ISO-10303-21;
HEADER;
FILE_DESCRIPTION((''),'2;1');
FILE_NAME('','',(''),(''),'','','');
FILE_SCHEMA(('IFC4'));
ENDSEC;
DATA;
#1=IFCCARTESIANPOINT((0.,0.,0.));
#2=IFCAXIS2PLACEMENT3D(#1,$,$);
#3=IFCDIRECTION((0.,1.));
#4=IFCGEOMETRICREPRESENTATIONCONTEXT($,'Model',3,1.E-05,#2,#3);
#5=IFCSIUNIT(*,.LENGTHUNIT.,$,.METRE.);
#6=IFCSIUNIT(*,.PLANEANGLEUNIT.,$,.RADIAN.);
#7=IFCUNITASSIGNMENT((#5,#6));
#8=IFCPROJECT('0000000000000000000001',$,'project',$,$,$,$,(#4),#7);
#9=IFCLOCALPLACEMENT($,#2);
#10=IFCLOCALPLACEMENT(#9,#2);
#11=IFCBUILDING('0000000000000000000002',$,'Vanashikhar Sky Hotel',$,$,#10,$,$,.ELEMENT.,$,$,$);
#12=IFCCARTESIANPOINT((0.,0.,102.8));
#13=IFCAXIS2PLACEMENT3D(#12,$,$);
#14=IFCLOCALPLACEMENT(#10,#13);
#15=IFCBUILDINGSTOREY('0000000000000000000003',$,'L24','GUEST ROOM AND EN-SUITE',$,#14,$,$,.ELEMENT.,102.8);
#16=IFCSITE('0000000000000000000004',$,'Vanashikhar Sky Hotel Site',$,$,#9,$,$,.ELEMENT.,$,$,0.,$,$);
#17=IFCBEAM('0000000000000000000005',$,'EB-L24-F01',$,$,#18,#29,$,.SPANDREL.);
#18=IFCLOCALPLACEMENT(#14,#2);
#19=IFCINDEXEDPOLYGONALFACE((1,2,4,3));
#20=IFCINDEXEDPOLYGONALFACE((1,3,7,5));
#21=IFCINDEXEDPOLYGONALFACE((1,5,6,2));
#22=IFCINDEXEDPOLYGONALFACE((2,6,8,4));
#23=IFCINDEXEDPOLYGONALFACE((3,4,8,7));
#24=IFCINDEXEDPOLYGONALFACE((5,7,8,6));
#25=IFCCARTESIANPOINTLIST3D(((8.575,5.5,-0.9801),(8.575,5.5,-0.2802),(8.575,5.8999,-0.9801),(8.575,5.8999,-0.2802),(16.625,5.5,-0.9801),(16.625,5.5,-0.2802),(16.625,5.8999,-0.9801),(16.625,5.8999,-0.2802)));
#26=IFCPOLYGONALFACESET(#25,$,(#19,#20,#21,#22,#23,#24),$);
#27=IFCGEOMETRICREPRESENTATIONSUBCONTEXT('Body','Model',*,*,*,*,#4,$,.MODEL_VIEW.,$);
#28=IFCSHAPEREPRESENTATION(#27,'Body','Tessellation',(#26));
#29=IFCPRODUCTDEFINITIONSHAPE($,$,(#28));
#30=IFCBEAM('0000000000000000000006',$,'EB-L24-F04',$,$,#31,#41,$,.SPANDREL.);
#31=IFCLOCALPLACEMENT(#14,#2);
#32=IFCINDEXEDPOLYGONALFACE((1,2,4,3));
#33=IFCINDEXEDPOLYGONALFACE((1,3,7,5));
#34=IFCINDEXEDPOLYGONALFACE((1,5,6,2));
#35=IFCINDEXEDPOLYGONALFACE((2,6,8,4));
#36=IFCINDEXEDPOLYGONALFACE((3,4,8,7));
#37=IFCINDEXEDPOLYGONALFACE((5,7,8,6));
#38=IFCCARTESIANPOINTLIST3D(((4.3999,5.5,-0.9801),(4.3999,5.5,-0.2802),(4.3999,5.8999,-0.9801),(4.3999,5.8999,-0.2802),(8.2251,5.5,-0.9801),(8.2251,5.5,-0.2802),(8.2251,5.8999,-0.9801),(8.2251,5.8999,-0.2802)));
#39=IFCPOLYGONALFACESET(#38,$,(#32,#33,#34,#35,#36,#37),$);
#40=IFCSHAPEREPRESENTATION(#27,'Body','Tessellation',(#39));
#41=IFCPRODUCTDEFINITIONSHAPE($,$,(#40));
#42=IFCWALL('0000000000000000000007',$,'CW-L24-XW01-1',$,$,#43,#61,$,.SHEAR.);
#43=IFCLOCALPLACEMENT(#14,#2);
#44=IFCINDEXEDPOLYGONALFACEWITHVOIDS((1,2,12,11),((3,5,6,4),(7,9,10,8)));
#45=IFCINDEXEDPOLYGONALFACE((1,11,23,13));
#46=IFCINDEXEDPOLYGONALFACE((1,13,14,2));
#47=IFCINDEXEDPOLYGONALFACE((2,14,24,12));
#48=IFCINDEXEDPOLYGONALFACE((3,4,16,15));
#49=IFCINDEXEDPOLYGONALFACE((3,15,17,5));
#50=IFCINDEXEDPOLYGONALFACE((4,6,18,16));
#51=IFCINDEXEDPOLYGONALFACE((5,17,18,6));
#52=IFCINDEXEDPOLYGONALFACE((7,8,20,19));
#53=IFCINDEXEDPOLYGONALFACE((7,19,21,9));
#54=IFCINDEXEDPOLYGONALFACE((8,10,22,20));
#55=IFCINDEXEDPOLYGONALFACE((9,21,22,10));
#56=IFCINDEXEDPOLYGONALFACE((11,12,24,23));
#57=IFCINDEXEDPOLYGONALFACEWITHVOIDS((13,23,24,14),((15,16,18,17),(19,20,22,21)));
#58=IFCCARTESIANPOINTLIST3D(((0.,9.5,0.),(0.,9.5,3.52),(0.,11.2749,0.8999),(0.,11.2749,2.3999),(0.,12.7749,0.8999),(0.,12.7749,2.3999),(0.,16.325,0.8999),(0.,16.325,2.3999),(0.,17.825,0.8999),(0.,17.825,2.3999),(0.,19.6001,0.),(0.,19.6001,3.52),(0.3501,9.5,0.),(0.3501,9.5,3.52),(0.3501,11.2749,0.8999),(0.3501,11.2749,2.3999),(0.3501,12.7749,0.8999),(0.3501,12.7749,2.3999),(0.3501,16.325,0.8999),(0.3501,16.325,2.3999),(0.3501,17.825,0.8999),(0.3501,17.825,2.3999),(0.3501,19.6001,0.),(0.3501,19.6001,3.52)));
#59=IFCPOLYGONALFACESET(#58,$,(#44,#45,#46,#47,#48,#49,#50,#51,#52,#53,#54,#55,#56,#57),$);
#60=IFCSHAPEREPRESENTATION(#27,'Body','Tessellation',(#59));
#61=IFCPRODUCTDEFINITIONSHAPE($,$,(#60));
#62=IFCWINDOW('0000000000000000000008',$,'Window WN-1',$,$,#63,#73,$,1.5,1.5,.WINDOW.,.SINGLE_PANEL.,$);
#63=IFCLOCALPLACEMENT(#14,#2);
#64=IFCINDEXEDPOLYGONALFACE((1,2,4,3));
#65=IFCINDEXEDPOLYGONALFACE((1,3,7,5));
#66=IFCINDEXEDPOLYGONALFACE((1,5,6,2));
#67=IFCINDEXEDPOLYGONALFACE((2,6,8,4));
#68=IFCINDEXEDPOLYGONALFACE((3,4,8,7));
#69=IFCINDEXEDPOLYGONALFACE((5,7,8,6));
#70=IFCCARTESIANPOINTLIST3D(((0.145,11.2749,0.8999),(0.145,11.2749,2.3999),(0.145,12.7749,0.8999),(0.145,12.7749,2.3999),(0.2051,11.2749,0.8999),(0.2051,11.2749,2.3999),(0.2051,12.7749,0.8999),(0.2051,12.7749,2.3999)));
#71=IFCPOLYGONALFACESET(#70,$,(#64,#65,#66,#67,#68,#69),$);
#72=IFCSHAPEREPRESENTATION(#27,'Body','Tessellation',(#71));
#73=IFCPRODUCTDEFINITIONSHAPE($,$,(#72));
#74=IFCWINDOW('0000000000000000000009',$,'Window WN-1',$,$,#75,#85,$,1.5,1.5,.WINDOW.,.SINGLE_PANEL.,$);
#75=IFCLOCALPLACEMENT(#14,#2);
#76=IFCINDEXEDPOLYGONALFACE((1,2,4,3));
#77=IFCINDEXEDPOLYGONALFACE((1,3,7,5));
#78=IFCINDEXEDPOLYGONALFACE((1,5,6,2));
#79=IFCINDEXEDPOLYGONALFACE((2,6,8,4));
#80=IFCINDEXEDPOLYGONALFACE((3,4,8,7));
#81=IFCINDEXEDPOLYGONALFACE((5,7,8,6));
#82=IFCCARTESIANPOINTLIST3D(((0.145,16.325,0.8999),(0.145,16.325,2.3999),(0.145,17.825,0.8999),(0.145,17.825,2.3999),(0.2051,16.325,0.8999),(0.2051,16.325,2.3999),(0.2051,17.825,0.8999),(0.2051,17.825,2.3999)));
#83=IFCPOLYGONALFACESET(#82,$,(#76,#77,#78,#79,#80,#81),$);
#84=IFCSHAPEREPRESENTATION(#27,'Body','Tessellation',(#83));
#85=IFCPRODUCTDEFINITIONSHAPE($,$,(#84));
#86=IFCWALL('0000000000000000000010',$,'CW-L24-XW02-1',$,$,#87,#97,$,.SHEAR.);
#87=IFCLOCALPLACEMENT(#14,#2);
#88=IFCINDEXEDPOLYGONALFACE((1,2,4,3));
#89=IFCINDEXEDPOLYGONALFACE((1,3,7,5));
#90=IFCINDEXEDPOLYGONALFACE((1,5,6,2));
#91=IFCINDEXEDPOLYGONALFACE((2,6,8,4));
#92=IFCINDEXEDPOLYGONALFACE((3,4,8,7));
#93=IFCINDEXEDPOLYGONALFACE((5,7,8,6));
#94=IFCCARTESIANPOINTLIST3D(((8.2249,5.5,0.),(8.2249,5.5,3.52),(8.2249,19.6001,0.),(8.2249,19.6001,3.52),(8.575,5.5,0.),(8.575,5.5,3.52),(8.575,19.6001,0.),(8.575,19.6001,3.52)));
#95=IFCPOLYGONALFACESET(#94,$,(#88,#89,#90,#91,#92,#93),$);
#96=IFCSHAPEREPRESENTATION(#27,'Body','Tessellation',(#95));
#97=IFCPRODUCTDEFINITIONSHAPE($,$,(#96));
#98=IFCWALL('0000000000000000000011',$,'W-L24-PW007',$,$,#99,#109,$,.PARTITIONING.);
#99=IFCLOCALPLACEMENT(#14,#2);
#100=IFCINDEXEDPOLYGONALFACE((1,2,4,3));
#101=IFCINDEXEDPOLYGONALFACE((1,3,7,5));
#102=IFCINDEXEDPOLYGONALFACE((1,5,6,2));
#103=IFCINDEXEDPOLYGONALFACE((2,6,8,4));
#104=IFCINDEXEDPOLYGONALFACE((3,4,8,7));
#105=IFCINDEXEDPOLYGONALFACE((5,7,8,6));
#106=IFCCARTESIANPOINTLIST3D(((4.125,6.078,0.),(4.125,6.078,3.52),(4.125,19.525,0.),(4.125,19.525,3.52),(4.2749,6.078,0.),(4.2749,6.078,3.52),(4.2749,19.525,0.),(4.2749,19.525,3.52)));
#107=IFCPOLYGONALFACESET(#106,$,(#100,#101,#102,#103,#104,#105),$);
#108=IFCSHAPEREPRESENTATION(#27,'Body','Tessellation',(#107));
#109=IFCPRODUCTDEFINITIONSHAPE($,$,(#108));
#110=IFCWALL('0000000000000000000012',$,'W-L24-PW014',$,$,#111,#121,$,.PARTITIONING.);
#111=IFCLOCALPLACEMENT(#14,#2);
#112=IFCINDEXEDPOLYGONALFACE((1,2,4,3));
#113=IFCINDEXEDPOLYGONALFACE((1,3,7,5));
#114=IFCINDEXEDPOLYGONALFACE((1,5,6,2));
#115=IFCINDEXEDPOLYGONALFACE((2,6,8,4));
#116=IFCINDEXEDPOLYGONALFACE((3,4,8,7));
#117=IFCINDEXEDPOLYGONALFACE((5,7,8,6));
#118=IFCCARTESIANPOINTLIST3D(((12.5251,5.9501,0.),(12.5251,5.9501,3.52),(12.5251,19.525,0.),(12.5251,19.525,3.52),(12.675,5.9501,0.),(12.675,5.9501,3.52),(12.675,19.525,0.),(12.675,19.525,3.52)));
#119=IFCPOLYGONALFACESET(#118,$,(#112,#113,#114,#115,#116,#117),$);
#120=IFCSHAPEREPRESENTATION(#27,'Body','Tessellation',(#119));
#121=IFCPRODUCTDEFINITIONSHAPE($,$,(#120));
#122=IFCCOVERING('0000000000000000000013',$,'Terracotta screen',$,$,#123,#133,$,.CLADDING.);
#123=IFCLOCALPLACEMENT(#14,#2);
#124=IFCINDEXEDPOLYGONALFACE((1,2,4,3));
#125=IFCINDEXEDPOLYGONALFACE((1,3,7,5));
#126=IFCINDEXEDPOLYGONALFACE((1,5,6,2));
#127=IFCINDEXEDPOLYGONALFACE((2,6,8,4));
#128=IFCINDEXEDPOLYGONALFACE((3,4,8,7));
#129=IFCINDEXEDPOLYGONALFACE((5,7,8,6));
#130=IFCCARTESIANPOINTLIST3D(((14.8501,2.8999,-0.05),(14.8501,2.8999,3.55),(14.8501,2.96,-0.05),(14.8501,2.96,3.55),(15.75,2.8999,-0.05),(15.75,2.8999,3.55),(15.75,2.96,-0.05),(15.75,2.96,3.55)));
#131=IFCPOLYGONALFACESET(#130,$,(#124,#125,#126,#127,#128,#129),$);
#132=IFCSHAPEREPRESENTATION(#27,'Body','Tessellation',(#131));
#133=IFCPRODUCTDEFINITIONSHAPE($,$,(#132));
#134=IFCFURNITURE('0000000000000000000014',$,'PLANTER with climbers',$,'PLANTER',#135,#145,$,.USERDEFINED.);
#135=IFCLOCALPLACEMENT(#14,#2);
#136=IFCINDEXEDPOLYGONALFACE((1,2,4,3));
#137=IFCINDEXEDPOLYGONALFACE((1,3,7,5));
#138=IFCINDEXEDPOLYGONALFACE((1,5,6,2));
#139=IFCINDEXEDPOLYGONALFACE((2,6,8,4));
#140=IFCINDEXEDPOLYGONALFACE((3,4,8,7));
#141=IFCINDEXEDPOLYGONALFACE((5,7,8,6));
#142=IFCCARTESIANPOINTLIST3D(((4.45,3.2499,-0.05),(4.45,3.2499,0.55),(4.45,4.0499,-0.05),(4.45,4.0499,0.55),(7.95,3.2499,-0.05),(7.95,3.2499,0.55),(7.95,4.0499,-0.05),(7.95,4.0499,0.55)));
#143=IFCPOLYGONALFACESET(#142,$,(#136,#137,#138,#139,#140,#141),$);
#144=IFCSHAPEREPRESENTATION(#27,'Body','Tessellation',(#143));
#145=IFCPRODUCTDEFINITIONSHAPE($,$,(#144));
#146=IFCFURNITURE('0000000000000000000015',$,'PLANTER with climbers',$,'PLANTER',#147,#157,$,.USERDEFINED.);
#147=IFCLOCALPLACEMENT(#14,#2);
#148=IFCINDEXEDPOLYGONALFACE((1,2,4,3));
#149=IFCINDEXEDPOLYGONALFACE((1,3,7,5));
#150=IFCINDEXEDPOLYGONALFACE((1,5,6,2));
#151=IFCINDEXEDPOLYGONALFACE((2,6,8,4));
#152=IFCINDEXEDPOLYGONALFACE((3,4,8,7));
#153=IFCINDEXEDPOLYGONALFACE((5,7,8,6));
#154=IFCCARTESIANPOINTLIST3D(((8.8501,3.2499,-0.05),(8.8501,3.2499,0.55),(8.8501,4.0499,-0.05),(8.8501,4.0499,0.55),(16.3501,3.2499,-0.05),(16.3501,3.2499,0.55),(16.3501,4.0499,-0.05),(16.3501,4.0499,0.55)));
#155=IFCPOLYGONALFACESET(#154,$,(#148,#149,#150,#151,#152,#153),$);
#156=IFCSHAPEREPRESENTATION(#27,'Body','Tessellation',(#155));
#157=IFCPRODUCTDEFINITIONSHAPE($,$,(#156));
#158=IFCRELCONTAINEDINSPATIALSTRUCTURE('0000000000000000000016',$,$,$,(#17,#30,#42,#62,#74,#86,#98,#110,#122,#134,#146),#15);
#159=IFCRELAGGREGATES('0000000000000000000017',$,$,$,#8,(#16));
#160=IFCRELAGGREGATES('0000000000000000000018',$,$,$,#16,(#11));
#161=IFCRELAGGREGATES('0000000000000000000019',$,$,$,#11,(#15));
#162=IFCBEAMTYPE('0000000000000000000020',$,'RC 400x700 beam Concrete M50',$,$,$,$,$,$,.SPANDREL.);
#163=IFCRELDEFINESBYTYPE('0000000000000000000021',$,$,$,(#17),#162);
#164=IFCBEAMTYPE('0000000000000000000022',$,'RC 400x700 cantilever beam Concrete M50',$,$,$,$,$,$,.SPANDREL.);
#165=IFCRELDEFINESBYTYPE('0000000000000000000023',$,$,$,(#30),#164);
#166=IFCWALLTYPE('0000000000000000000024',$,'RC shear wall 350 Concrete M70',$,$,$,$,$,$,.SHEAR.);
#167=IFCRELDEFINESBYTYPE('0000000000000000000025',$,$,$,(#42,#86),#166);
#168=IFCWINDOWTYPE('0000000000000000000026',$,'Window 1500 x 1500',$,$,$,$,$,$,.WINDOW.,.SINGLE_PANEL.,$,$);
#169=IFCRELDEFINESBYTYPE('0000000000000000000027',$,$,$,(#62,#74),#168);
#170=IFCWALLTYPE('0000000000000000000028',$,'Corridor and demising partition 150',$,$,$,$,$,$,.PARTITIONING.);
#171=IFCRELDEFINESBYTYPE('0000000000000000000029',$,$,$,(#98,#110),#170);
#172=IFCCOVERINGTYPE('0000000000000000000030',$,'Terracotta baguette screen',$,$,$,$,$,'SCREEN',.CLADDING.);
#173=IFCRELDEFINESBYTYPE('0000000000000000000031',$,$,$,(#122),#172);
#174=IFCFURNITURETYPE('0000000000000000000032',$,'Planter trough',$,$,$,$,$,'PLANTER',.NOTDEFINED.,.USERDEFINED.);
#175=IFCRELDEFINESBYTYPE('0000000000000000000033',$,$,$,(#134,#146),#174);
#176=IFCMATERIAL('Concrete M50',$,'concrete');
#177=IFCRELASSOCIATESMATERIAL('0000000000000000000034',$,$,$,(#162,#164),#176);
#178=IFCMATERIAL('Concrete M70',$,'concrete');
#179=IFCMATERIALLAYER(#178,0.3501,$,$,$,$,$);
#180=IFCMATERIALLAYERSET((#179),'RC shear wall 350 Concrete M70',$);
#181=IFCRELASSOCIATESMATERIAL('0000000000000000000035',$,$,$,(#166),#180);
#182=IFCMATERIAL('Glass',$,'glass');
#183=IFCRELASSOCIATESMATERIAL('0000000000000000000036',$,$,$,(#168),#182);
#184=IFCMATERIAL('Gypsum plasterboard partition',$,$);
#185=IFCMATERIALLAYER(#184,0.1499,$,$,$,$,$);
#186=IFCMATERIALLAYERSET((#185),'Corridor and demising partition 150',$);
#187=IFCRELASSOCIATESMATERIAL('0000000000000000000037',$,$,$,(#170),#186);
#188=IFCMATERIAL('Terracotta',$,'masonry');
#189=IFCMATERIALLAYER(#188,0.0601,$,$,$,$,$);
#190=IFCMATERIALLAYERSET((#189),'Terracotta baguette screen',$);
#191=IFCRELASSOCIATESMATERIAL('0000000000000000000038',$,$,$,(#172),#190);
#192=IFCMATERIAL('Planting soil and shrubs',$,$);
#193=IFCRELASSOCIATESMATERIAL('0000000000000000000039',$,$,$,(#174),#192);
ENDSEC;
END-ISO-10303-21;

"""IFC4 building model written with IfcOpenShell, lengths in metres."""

from ifc_helpers import new_model, si_unit, direction, frame, frame_2d, origin, origin_2d, place, context, subcontext, project, spatial, rectangle, extrude, source, transform, mapped, material, layer, layer_set, material_profile, profile_set, type_object, element, fill, save


model = new_model("IFC4")

# Units and contexts
model_context = context("Model", 3, precision=1e-05, world=origin(), true_north=direction((0.0, 1.0)))
body_context = subcontext(model_context, "Body", "Model", "MODEL_VIEW")
ifc_project = project(units=[si_unit("LENGTHUNIT", "METRE"), si_unit("PLANEANGLEUNIT", "RADIAN")], contexts=[model_context])

# Site, building, storey
site_placement = place(None, origin())
site = spatial("IfcSite", under=ifc_project, at=site_placement, Name="Vanashikhar Sky Hotel Site", CompositionType="ELEMENT", RefElevation=0.0)
building_placement = place(site_placement, origin())
building = spatial("IfcBuilding", under=site, at=building_placement, Name="Vanashikhar Sky Hotel", CompositionType="ELEMENT")
storey_placement = place(building_placement, frame((0.0, 0.0, 102.8)))
storey = spatial("IfcBuildingStorey", under=building, at=storey_placement, Name="L24", Description="GUEST ROOM AND EN-SUITE", CompositionType="ELEMENT", Elevation=102.8)

# Beams
ifc_material_1 = material(Name="Concrete M50", Category="concrete")
ifc_material_profile_1 = material_profile(ifc_material_1, rectangle(XDim=0.3999, YDim=0.7, at=origin_2d()))
ifc_profile_set_1 = profile_set([ifc_material_profile_1], Name="RC 400x700 beam Concrete M50")
beam_type_1 = type_object("IfcBeamType", Name="RC 400x700 beam Concrete M50", PredefinedType="SPANDREL", material=ifc_profile_set_1)
shared_shape_1 = source(origin(), body_context, "Body", "SweptSolid", [
    extrude(rectangle(XDim=0.3999, YDim=0.7, at=origin_2d()), origin(), (0.0, 0.0, 1.0), 8.05),
])
beam_1_placement = place(storey_placement, frame((8.575, 5.7, -0.6301), z_axis=(1.0, 0.0, 0.0), x_axis=(0.0, 1.0, 0.0)))
element("IfcBeam", 1, at=beam_1_placement, inside=storey, type_object=beam_type_1, Name="EB-L24-F01", PredefinedType="SPANDREL", context=body_context, shape_type="MappedRepresentation", body=[
    mapped(shared_shape_1, transform((0.0, 0.0, 0.0), scale=1.0)),
])
ifc_material_profile_2 = material_profile(ifc_material_1, rectangle(XDim=0.3999, YDim=0.7, at=origin_2d()))
ifc_profile_set_2 = profile_set([ifc_material_profile_2], Name="RC 400x700 cantilever beam Concrete M50")
beam_type_2 = type_object("IfcBeamType", Name="RC 400x700 cantilever beam Concrete M50", PredefinedType="SPANDREL", material=ifc_profile_set_2)
shared_shape_2 = source(origin(), body_context, "Body", "SweptSolid", [
    extrude(rectangle(XDim=0.3999, YDim=0.7, at=origin_2d()), origin(), (0.0, 0.0, 1.0), 3.8252),
])
beam_2_placement = place(storey_placement, frame((4.3999, 5.7, -0.6301), z_axis=(1.0, 0.0, 0.0), x_axis=(0.0, 1.0, 0.0)))
element("IfcBeam", 2, at=beam_2_placement, inside=storey, type_object=beam_type_2, Name="EB-L24-F04", PredefinedType="SPANDREL", context=body_context, shape_type="MappedRepresentation", body=[
    mapped(shared_shape_2, transform((0.0, 0.0, 0.0), scale=1.0)),
])

# Wall, openings, windows
ifc_material_2 = material(Name="Concrete M70", Category="concrete")
ifc_layer_1 = layer(ifc_material_2, 0.3501)
ifc_layer_set_1 = layer_set([ifc_layer_1], Name="RC shear wall 350 Concrete M70")
wall_type_1 = type_object("IfcWallType", Name="RC shear wall 350 Concrete M70", PredefinedType="SHEAR", material=ifc_layer_set_1)
shared_shape_3 = source(origin(), body_context, "Body", "SweptSolid", [
    extrude(rectangle(XDim=10.1001, YDim=0.3501, at=frame_2d((5.05, 0.0))), origin(), (0.0, 0.0, 1.0), 3.52),
])
wall_1_placement = place(storey_placement, frame((0.175, 9.5, 0.0), z_axis=(0.0, 0.0, 1.0), x_axis=(0.0, 1.0, 0.0)))
wall_1 = element("IfcWall", 3, at=wall_1_placement, inside=storey, type_object=wall_type_1, Name="CW-L24-XW01-1", PredefinedType="SHEAR", context=body_context, shape_type="MappedRepresentation", body=[
    mapped(shared_shape_3, transform((0.0, 0.0, 0.0), scale=1.0)),
])
shared_shape_4 = source(origin(), body_context, "Body", "SweptSolid", [
    extrude(rectangle(XDim=1.5, YDim=1.5, at=frame_2d((0.75, 0.75))), frame((0.0, 0.1851, 0.0), z_axis=(0.0, -1.0, 0.0), x_axis=(1.0, 0.0, 0.0)), (0.0, 0.0, 1.0), 0.3701),
])
opening_1_placement = place(wall_1_placement, frame((1.7749, 0.0, 0.8999)))
opening_1 = element("IfcOpeningElement", 4, at=opening_1_placement, cuts=wall_1, PredefinedType="OPENING", context=body_context, shape_type="MappedRepresentation", body=[
    mapped(shared_shape_4, transform((0.0, 0.0, 0.0), scale=1.0)),
])
opening_2_placement = place(wall_1_placement, frame((6.825, 0.0, 0.8999)))
opening_2 = element("IfcOpeningElement", 5, at=opening_2_placement, cuts=wall_1, PredefinedType="OPENING", context=body_context, shape_type="MappedRepresentation", body=[
    mapped(shared_shape_4, transform((0.0, 0.0, 0.0), scale=1.0)),
])
ifc_material_3 = material(Name="Glass", Category="glass")
window_type = type_object("IfcWindowType", Name="Window 1500 x 1500", PartitioningType="SINGLE_PANEL", PredefinedType="WINDOW", material=ifc_material_3)
shared_shape_5 = source(origin(), body_context, "Body", "SweptSolid", [
    extrude(rectangle(XDim=1.5, YDim=1.5, at=frame_2d((0.75, 0.75))), frame((0.0, 0.03, 0.0), z_axis=(0.0, -1.0, 0.0), x_axis=(1.0, 0.0, 0.0)), (0.0, 0.0, 1.0), 0.0601),
])
window_1_placement = place(opening_1_placement, origin())
window_1 = element("IfcWindow", 6, at=window_1_placement, inside=storey, type_object=window_type, Name="Window WN-1", OverallHeight=1.5, OverallWidth=1.5, PartitioningType="SINGLE_PANEL", PredefinedType="WINDOW", context=body_context, shape_type="MappedRepresentation", body=[
    mapped(shared_shape_5, transform((0.0, 0.0, 0.0), scale=1.0)),
])
fill(opening_1, window_1)
window_2_placement = place(opening_2_placement, origin())
window_2 = element("IfcWindow", 7, at=window_2_placement, inside=storey, type_object=window_type, Name="Window WN-1", OverallHeight=1.5, OverallWidth=1.5, PartitioningType="SINGLE_PANEL", PredefinedType="WINDOW", context=body_context, shape_type="MappedRepresentation", body=[
    mapped(shared_shape_5, transform((0.0, 0.0, 0.0), scale=1.0)),
])
fill(opening_2, window_2)

# Wall
shared_shape_6 = source(origin(), body_context, "Body", "SweptSolid", [
    extrude(rectangle(XDim=14.1001, YDim=0.3501, at=frame_2d((7.05, 0.0))), origin(), (0.0, 0.0, 1.0), 3.52),
])
wall_2_placement = place(storey_placement, frame((8.3999, 5.5, 0.0), z_axis=(0.0, 0.0, 1.0), x_axis=(0.0, 1.0, 0.0)))
element("IfcWall", 8, at=wall_2_placement, inside=storey, type_object=wall_type_1, Name="CW-L24-XW02-1", PredefinedType="SHEAR", context=body_context, shape_type="MappedRepresentation", body=[
    mapped(shared_shape_6, transform((0.0, 0.0, 0.0), scale=1.0)),
])

# Walls
ifc_material_4 = material(Name="Gypsum plasterboard partition")
ifc_layer_2 = layer(ifc_material_4, 0.1499)
ifc_layer_set_2 = layer_set([ifc_layer_2], Name="Corridor and demising partition 150")
wall_type_2 = type_object("IfcWallType", Name="Corridor and demising partition 150", PredefinedType="PARTITIONING", material=ifc_layer_set_2)
shared_shape_7 = source(origin(), body_context, "Body", "SweptSolid", [
    extrude(rectangle(XDim=13.447, YDim=0.1499, at=frame_2d((6.7236, 0.0))), origin(), (0.0, 0.0, 1.0), 3.52),
])
wall_3_placement = place(storey_placement, frame((4.2, 6.0779, 0.0), z_axis=(0.0, 0.0, 1.0), x_axis=(0.0, 1.0, 0.0)))
element("IfcWall", 9, at=wall_3_placement, inside=storey, type_object=wall_type_2, Name="W-L24-PW007", PredefinedType="PARTITIONING", context=body_context, shape_type="MappedRepresentation", body=[
    mapped(shared_shape_7, transform((0.0, 0.0, 0.0), scale=1.0)),
])
shared_shape_8 = source(origin(), body_context, "Body", "SweptSolid", [
    extrude(rectangle(XDim=13.575, YDim=0.1499, at=frame_2d((6.7876, 0.0))), origin(), (0.0, 0.0, 1.0), 3.52),
])
wall_4_placement = place(storey_placement, frame((12.6001, 5.95, 0.0), z_axis=(0.0, 0.0, 1.0), x_axis=(0.0, 1.0, 0.0)))
element("IfcWall", 10, at=wall_4_placement, inside=storey, type_object=wall_type_2, Name="W-L24-PW014", PredefinedType="PARTITIONING", context=body_context, shape_type="MappedRepresentation", body=[
    mapped(shared_shape_8, transform((0.0, 0.0, 0.0), scale=1.0)),
])

# Covering
ifc_material_5 = material(Name="Terracotta", Category="masonry")
ifc_layer_3 = layer(ifc_material_5, 0.0601)
ifc_layer_set_3 = layer_set([ifc_layer_3], Name="Terracotta baguette screen")
covering_type = type_object("IfcCoveringType", Name="Terracotta baguette screen", ElementType="SCREEN", PredefinedType="CLADDING", material=ifc_layer_set_3)
shared_shape_9 = source(origin(), body_context, "Body", "SweptSolid", [
    extrude(rectangle(XDim=0.8999, YDim=0.0601, at=origin_2d()), origin(), (0.0, 0.0, 1.0), 3.6001),
])
covering_placement = place(storey_placement, frame((15.3, 2.9299, -0.05), z_axis=(0.0, 0.0, 1.0), x_axis=(1.0, 0.0, 0.0)))
element("IfcCovering", 11, at=covering_placement, inside=storey, type_object=covering_type, Name="Terracotta screen", PredefinedType="CLADDING", context=body_context, shape_type="MappedRepresentation", body=[
    mapped(shared_shape_9, transform((0.0, 0.0, 0.0), scale=1.0)),
])

# Furniture
ifc_material_6 = material(Name="Planting soil and shrubs")
furniture_type = type_object("IfcFurnitureType", Name="Planter trough", ElementType="PLANTER", AssemblyPlace="NOTDEFINED", PredefinedType="USERDEFINED", material=ifc_material_6)
shared_shape_10 = source(origin(), body_context, "Body", "SweptSolid", [
    extrude(rectangle(XDim=3.5, YDim=0.8, at=origin_2d()), origin(), (0.0, 0.0, 1.0), 0.6001),
])
furniture_1_placement = place(storey_placement, frame((6.2, 3.6499, -0.05), z_axis=(0.0, 0.0, 1.0), x_axis=(1.0, 0.0, 0.0)))
element("IfcFurniture", 12, at=furniture_1_placement, inside=storey, type_object=furniture_type, Name="PLANTER with climbers", ObjectType="PLANTER", PredefinedType="USERDEFINED", context=body_context, shape_type="MappedRepresentation", body=[
    mapped(shared_shape_10, transform((0.0, 0.0, 0.0), scale=1.0)),
])
shared_shape_11 = source(origin(), body_context, "Body", "SweptSolid", [
    extrude(rectangle(XDim=7.5, YDim=0.8, at=origin_2d()), origin(), (0.0, 0.0, 1.0), 0.6001),
])
furniture_2_placement = place(storey_placement, frame((12.6001, 3.6499, -0.05), z_axis=(0.0, 0.0, 1.0), x_axis=(1.0, 0.0, 0.0)))
element("IfcFurniture", 13, at=furniture_2_placement, inside=storey, type_object=furniture_type, Name="PLANTER with climbers", ObjectType="PLANTER", PredefinedType="USERDEFINED", context=body_context, shape_type="MappedRepresentation", body=[
    mapped(shared_shape_11, transform((0.0, 0.0, 0.0), scale=1.0)),
])

save(model, "model.ifc")
